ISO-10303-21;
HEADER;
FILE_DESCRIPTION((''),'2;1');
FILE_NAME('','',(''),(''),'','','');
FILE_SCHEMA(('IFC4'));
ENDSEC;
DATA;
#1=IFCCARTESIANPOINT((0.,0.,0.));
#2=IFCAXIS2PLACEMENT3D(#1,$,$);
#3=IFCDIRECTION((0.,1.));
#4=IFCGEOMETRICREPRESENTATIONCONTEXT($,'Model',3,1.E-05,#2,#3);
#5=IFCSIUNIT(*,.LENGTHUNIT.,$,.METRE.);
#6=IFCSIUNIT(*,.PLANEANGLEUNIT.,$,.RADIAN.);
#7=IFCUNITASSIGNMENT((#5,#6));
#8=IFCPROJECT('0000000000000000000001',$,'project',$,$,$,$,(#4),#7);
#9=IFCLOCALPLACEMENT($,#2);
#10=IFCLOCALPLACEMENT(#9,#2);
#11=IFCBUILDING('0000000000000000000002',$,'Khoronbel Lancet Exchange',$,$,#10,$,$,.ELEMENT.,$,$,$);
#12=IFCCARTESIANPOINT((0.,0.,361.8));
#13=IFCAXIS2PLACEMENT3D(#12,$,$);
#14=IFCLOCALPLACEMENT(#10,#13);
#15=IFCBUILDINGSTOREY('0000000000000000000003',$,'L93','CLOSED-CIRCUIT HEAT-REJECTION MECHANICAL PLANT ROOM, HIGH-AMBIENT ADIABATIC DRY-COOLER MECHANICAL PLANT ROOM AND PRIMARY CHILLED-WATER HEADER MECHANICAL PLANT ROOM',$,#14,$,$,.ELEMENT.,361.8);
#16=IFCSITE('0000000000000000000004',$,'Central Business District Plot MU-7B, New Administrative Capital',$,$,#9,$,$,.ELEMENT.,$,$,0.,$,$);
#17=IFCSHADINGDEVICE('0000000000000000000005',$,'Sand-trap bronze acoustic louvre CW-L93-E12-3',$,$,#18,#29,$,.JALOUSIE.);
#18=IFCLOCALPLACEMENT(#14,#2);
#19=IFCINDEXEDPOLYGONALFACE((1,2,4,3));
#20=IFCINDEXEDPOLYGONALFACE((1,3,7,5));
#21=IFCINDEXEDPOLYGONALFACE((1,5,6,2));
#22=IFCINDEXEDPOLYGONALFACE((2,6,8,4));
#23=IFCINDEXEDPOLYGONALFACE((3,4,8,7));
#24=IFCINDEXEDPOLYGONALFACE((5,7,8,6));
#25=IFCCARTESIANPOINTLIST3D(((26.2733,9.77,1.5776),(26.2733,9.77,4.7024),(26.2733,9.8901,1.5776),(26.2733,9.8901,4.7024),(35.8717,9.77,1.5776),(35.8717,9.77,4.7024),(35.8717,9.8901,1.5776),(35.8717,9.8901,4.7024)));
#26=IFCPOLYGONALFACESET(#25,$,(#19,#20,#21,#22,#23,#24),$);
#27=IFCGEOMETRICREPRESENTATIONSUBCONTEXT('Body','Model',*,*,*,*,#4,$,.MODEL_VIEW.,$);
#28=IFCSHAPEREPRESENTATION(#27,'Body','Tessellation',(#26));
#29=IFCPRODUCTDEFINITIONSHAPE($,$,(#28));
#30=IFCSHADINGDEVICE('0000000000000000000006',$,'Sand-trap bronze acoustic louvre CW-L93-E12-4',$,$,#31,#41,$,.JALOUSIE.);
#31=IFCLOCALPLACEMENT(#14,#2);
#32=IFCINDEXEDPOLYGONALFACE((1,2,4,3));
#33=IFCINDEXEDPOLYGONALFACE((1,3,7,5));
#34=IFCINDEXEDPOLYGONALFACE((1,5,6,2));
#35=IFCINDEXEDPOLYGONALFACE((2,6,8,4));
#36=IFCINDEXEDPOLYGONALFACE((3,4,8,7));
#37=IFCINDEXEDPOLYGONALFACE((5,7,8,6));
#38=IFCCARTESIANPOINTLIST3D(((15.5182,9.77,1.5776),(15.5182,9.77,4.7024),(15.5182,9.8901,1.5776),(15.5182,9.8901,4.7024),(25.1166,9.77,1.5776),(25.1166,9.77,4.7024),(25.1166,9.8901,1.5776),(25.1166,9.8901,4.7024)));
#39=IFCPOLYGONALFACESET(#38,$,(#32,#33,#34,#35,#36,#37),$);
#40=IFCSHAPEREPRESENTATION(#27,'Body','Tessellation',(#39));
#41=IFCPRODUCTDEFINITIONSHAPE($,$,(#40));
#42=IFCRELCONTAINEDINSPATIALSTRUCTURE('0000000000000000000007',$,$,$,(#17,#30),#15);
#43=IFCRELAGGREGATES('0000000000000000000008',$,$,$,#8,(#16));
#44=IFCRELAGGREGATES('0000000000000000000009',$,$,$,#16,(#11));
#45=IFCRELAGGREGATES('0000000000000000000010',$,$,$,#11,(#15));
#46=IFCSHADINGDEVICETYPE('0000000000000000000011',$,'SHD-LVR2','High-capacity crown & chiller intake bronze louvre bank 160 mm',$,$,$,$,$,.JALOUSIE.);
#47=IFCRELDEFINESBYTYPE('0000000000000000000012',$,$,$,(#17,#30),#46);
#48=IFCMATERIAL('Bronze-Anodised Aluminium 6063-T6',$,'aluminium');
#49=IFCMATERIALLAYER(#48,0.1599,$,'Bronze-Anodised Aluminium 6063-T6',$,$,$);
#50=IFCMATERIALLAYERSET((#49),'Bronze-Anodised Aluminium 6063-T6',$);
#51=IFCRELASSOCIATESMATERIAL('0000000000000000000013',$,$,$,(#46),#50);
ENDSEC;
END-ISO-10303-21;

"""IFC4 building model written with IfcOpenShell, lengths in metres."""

from ifc_helpers import new_model, si_unit, direction, frame, origin, origin_2d, place, context, subcontext, project, spatial, rectangle, extrude, material, layer, layer_set, type_object, element, save


model = new_model("IFC4")

# Units and contexts
model_context = context("Model", 3, precision=1e-05, world=origin(), true_north=direction((0.0, 1.0)))
body_context = subcontext(model_context, "Body", "Model", "MODEL_VIEW")
ifc_project = project(units=[si_unit("LENGTHUNIT", "METRE"), si_unit("PLANEANGLEUNIT", "RADIAN")], contexts=[model_context])

# Site, building, storey
site_placement = place(None, origin())
site = spatial("IfcSite", under=ifc_project, at=site_placement, Name="Central Business District Plot MU-7B, New Administrative Capital", CompositionType="ELEMENT", RefElevation=0.0)
building_placement = place(site_placement, origin())
building = spatial("IfcBuilding", under=site, at=building_placement, Name="Khoronbel Lancet Exchange", CompositionType="ELEMENT")
storey_placement = place(building_placement, frame((0.0, 0.0, 361.8)))
storey = spatial("IfcBuildingStorey", under=building, at=storey_placement, Name="L93", Description="CLOSED-CIRCUIT HEAT-REJECTION MECHANICAL PLANT ROOM, HIGH-AMBIENT ADIABATIC DRY-COOLER MECHANICAL PLANT ROOM AND PRIMARY CHILLED-WATER HEADER MECHANICAL PLANT ROOM", CompositionType="ELEMENT", Elevation=361.8)

# Shared definitions
ifc_material_1 = material(Name="Bronze-Anodised Aluminium 6063-T6", Category="aluminium")

# Shading devices
ifc_layer_1 = layer(ifc_material_1, 0.1599, Name="Bronze-Anodised Aluminium 6063-T6")
ifc_layer_set_1 = layer_set([ifc_layer_1], Name="Bronze-Anodised Aluminium 6063-T6")
shading_device_type = type_object("IfcShadingDeviceType", Name="SHD-LVR2", Description="High-capacity crown & chiller intake bronze louvre bank 160 mm", PredefinedType="JALOUSIE", material=ifc_layer_set_1)
for number, where, z_axis, x_axis, name in (
    (1, (31.0725, 9.8301, 1.5776), (0.0, 0.0, 1.0), (-1.0, 0.0, 0.0), "Sand-trap bronze acoustic louvre CW-L93-E12-3"),
    (2, (20.3174, 9.8301, 1.5776), (0.0, 0.0, 1.0), (-1.0, 0.0, 0.0), "Sand-trap bronze acoustic louvre CW-L93-E12-4"),
):
    element("IfcShadingDevice", number, at=place(storey_placement, frame(where, z_axis=z_axis, x_axis=x_axis)), inside=storey, type_object=shading_device_type, Name=name, PredefinedType="JALOUSIE", context=body_context, shape_type="SweptSolid", body=[
        extrude(rectangle(XDim=9.5984, YDim=0.1201, at=origin_2d()), origin(), (0.0, 0.0, 1.0), 3.1248),
    ])

save(model, "model.ifc")
